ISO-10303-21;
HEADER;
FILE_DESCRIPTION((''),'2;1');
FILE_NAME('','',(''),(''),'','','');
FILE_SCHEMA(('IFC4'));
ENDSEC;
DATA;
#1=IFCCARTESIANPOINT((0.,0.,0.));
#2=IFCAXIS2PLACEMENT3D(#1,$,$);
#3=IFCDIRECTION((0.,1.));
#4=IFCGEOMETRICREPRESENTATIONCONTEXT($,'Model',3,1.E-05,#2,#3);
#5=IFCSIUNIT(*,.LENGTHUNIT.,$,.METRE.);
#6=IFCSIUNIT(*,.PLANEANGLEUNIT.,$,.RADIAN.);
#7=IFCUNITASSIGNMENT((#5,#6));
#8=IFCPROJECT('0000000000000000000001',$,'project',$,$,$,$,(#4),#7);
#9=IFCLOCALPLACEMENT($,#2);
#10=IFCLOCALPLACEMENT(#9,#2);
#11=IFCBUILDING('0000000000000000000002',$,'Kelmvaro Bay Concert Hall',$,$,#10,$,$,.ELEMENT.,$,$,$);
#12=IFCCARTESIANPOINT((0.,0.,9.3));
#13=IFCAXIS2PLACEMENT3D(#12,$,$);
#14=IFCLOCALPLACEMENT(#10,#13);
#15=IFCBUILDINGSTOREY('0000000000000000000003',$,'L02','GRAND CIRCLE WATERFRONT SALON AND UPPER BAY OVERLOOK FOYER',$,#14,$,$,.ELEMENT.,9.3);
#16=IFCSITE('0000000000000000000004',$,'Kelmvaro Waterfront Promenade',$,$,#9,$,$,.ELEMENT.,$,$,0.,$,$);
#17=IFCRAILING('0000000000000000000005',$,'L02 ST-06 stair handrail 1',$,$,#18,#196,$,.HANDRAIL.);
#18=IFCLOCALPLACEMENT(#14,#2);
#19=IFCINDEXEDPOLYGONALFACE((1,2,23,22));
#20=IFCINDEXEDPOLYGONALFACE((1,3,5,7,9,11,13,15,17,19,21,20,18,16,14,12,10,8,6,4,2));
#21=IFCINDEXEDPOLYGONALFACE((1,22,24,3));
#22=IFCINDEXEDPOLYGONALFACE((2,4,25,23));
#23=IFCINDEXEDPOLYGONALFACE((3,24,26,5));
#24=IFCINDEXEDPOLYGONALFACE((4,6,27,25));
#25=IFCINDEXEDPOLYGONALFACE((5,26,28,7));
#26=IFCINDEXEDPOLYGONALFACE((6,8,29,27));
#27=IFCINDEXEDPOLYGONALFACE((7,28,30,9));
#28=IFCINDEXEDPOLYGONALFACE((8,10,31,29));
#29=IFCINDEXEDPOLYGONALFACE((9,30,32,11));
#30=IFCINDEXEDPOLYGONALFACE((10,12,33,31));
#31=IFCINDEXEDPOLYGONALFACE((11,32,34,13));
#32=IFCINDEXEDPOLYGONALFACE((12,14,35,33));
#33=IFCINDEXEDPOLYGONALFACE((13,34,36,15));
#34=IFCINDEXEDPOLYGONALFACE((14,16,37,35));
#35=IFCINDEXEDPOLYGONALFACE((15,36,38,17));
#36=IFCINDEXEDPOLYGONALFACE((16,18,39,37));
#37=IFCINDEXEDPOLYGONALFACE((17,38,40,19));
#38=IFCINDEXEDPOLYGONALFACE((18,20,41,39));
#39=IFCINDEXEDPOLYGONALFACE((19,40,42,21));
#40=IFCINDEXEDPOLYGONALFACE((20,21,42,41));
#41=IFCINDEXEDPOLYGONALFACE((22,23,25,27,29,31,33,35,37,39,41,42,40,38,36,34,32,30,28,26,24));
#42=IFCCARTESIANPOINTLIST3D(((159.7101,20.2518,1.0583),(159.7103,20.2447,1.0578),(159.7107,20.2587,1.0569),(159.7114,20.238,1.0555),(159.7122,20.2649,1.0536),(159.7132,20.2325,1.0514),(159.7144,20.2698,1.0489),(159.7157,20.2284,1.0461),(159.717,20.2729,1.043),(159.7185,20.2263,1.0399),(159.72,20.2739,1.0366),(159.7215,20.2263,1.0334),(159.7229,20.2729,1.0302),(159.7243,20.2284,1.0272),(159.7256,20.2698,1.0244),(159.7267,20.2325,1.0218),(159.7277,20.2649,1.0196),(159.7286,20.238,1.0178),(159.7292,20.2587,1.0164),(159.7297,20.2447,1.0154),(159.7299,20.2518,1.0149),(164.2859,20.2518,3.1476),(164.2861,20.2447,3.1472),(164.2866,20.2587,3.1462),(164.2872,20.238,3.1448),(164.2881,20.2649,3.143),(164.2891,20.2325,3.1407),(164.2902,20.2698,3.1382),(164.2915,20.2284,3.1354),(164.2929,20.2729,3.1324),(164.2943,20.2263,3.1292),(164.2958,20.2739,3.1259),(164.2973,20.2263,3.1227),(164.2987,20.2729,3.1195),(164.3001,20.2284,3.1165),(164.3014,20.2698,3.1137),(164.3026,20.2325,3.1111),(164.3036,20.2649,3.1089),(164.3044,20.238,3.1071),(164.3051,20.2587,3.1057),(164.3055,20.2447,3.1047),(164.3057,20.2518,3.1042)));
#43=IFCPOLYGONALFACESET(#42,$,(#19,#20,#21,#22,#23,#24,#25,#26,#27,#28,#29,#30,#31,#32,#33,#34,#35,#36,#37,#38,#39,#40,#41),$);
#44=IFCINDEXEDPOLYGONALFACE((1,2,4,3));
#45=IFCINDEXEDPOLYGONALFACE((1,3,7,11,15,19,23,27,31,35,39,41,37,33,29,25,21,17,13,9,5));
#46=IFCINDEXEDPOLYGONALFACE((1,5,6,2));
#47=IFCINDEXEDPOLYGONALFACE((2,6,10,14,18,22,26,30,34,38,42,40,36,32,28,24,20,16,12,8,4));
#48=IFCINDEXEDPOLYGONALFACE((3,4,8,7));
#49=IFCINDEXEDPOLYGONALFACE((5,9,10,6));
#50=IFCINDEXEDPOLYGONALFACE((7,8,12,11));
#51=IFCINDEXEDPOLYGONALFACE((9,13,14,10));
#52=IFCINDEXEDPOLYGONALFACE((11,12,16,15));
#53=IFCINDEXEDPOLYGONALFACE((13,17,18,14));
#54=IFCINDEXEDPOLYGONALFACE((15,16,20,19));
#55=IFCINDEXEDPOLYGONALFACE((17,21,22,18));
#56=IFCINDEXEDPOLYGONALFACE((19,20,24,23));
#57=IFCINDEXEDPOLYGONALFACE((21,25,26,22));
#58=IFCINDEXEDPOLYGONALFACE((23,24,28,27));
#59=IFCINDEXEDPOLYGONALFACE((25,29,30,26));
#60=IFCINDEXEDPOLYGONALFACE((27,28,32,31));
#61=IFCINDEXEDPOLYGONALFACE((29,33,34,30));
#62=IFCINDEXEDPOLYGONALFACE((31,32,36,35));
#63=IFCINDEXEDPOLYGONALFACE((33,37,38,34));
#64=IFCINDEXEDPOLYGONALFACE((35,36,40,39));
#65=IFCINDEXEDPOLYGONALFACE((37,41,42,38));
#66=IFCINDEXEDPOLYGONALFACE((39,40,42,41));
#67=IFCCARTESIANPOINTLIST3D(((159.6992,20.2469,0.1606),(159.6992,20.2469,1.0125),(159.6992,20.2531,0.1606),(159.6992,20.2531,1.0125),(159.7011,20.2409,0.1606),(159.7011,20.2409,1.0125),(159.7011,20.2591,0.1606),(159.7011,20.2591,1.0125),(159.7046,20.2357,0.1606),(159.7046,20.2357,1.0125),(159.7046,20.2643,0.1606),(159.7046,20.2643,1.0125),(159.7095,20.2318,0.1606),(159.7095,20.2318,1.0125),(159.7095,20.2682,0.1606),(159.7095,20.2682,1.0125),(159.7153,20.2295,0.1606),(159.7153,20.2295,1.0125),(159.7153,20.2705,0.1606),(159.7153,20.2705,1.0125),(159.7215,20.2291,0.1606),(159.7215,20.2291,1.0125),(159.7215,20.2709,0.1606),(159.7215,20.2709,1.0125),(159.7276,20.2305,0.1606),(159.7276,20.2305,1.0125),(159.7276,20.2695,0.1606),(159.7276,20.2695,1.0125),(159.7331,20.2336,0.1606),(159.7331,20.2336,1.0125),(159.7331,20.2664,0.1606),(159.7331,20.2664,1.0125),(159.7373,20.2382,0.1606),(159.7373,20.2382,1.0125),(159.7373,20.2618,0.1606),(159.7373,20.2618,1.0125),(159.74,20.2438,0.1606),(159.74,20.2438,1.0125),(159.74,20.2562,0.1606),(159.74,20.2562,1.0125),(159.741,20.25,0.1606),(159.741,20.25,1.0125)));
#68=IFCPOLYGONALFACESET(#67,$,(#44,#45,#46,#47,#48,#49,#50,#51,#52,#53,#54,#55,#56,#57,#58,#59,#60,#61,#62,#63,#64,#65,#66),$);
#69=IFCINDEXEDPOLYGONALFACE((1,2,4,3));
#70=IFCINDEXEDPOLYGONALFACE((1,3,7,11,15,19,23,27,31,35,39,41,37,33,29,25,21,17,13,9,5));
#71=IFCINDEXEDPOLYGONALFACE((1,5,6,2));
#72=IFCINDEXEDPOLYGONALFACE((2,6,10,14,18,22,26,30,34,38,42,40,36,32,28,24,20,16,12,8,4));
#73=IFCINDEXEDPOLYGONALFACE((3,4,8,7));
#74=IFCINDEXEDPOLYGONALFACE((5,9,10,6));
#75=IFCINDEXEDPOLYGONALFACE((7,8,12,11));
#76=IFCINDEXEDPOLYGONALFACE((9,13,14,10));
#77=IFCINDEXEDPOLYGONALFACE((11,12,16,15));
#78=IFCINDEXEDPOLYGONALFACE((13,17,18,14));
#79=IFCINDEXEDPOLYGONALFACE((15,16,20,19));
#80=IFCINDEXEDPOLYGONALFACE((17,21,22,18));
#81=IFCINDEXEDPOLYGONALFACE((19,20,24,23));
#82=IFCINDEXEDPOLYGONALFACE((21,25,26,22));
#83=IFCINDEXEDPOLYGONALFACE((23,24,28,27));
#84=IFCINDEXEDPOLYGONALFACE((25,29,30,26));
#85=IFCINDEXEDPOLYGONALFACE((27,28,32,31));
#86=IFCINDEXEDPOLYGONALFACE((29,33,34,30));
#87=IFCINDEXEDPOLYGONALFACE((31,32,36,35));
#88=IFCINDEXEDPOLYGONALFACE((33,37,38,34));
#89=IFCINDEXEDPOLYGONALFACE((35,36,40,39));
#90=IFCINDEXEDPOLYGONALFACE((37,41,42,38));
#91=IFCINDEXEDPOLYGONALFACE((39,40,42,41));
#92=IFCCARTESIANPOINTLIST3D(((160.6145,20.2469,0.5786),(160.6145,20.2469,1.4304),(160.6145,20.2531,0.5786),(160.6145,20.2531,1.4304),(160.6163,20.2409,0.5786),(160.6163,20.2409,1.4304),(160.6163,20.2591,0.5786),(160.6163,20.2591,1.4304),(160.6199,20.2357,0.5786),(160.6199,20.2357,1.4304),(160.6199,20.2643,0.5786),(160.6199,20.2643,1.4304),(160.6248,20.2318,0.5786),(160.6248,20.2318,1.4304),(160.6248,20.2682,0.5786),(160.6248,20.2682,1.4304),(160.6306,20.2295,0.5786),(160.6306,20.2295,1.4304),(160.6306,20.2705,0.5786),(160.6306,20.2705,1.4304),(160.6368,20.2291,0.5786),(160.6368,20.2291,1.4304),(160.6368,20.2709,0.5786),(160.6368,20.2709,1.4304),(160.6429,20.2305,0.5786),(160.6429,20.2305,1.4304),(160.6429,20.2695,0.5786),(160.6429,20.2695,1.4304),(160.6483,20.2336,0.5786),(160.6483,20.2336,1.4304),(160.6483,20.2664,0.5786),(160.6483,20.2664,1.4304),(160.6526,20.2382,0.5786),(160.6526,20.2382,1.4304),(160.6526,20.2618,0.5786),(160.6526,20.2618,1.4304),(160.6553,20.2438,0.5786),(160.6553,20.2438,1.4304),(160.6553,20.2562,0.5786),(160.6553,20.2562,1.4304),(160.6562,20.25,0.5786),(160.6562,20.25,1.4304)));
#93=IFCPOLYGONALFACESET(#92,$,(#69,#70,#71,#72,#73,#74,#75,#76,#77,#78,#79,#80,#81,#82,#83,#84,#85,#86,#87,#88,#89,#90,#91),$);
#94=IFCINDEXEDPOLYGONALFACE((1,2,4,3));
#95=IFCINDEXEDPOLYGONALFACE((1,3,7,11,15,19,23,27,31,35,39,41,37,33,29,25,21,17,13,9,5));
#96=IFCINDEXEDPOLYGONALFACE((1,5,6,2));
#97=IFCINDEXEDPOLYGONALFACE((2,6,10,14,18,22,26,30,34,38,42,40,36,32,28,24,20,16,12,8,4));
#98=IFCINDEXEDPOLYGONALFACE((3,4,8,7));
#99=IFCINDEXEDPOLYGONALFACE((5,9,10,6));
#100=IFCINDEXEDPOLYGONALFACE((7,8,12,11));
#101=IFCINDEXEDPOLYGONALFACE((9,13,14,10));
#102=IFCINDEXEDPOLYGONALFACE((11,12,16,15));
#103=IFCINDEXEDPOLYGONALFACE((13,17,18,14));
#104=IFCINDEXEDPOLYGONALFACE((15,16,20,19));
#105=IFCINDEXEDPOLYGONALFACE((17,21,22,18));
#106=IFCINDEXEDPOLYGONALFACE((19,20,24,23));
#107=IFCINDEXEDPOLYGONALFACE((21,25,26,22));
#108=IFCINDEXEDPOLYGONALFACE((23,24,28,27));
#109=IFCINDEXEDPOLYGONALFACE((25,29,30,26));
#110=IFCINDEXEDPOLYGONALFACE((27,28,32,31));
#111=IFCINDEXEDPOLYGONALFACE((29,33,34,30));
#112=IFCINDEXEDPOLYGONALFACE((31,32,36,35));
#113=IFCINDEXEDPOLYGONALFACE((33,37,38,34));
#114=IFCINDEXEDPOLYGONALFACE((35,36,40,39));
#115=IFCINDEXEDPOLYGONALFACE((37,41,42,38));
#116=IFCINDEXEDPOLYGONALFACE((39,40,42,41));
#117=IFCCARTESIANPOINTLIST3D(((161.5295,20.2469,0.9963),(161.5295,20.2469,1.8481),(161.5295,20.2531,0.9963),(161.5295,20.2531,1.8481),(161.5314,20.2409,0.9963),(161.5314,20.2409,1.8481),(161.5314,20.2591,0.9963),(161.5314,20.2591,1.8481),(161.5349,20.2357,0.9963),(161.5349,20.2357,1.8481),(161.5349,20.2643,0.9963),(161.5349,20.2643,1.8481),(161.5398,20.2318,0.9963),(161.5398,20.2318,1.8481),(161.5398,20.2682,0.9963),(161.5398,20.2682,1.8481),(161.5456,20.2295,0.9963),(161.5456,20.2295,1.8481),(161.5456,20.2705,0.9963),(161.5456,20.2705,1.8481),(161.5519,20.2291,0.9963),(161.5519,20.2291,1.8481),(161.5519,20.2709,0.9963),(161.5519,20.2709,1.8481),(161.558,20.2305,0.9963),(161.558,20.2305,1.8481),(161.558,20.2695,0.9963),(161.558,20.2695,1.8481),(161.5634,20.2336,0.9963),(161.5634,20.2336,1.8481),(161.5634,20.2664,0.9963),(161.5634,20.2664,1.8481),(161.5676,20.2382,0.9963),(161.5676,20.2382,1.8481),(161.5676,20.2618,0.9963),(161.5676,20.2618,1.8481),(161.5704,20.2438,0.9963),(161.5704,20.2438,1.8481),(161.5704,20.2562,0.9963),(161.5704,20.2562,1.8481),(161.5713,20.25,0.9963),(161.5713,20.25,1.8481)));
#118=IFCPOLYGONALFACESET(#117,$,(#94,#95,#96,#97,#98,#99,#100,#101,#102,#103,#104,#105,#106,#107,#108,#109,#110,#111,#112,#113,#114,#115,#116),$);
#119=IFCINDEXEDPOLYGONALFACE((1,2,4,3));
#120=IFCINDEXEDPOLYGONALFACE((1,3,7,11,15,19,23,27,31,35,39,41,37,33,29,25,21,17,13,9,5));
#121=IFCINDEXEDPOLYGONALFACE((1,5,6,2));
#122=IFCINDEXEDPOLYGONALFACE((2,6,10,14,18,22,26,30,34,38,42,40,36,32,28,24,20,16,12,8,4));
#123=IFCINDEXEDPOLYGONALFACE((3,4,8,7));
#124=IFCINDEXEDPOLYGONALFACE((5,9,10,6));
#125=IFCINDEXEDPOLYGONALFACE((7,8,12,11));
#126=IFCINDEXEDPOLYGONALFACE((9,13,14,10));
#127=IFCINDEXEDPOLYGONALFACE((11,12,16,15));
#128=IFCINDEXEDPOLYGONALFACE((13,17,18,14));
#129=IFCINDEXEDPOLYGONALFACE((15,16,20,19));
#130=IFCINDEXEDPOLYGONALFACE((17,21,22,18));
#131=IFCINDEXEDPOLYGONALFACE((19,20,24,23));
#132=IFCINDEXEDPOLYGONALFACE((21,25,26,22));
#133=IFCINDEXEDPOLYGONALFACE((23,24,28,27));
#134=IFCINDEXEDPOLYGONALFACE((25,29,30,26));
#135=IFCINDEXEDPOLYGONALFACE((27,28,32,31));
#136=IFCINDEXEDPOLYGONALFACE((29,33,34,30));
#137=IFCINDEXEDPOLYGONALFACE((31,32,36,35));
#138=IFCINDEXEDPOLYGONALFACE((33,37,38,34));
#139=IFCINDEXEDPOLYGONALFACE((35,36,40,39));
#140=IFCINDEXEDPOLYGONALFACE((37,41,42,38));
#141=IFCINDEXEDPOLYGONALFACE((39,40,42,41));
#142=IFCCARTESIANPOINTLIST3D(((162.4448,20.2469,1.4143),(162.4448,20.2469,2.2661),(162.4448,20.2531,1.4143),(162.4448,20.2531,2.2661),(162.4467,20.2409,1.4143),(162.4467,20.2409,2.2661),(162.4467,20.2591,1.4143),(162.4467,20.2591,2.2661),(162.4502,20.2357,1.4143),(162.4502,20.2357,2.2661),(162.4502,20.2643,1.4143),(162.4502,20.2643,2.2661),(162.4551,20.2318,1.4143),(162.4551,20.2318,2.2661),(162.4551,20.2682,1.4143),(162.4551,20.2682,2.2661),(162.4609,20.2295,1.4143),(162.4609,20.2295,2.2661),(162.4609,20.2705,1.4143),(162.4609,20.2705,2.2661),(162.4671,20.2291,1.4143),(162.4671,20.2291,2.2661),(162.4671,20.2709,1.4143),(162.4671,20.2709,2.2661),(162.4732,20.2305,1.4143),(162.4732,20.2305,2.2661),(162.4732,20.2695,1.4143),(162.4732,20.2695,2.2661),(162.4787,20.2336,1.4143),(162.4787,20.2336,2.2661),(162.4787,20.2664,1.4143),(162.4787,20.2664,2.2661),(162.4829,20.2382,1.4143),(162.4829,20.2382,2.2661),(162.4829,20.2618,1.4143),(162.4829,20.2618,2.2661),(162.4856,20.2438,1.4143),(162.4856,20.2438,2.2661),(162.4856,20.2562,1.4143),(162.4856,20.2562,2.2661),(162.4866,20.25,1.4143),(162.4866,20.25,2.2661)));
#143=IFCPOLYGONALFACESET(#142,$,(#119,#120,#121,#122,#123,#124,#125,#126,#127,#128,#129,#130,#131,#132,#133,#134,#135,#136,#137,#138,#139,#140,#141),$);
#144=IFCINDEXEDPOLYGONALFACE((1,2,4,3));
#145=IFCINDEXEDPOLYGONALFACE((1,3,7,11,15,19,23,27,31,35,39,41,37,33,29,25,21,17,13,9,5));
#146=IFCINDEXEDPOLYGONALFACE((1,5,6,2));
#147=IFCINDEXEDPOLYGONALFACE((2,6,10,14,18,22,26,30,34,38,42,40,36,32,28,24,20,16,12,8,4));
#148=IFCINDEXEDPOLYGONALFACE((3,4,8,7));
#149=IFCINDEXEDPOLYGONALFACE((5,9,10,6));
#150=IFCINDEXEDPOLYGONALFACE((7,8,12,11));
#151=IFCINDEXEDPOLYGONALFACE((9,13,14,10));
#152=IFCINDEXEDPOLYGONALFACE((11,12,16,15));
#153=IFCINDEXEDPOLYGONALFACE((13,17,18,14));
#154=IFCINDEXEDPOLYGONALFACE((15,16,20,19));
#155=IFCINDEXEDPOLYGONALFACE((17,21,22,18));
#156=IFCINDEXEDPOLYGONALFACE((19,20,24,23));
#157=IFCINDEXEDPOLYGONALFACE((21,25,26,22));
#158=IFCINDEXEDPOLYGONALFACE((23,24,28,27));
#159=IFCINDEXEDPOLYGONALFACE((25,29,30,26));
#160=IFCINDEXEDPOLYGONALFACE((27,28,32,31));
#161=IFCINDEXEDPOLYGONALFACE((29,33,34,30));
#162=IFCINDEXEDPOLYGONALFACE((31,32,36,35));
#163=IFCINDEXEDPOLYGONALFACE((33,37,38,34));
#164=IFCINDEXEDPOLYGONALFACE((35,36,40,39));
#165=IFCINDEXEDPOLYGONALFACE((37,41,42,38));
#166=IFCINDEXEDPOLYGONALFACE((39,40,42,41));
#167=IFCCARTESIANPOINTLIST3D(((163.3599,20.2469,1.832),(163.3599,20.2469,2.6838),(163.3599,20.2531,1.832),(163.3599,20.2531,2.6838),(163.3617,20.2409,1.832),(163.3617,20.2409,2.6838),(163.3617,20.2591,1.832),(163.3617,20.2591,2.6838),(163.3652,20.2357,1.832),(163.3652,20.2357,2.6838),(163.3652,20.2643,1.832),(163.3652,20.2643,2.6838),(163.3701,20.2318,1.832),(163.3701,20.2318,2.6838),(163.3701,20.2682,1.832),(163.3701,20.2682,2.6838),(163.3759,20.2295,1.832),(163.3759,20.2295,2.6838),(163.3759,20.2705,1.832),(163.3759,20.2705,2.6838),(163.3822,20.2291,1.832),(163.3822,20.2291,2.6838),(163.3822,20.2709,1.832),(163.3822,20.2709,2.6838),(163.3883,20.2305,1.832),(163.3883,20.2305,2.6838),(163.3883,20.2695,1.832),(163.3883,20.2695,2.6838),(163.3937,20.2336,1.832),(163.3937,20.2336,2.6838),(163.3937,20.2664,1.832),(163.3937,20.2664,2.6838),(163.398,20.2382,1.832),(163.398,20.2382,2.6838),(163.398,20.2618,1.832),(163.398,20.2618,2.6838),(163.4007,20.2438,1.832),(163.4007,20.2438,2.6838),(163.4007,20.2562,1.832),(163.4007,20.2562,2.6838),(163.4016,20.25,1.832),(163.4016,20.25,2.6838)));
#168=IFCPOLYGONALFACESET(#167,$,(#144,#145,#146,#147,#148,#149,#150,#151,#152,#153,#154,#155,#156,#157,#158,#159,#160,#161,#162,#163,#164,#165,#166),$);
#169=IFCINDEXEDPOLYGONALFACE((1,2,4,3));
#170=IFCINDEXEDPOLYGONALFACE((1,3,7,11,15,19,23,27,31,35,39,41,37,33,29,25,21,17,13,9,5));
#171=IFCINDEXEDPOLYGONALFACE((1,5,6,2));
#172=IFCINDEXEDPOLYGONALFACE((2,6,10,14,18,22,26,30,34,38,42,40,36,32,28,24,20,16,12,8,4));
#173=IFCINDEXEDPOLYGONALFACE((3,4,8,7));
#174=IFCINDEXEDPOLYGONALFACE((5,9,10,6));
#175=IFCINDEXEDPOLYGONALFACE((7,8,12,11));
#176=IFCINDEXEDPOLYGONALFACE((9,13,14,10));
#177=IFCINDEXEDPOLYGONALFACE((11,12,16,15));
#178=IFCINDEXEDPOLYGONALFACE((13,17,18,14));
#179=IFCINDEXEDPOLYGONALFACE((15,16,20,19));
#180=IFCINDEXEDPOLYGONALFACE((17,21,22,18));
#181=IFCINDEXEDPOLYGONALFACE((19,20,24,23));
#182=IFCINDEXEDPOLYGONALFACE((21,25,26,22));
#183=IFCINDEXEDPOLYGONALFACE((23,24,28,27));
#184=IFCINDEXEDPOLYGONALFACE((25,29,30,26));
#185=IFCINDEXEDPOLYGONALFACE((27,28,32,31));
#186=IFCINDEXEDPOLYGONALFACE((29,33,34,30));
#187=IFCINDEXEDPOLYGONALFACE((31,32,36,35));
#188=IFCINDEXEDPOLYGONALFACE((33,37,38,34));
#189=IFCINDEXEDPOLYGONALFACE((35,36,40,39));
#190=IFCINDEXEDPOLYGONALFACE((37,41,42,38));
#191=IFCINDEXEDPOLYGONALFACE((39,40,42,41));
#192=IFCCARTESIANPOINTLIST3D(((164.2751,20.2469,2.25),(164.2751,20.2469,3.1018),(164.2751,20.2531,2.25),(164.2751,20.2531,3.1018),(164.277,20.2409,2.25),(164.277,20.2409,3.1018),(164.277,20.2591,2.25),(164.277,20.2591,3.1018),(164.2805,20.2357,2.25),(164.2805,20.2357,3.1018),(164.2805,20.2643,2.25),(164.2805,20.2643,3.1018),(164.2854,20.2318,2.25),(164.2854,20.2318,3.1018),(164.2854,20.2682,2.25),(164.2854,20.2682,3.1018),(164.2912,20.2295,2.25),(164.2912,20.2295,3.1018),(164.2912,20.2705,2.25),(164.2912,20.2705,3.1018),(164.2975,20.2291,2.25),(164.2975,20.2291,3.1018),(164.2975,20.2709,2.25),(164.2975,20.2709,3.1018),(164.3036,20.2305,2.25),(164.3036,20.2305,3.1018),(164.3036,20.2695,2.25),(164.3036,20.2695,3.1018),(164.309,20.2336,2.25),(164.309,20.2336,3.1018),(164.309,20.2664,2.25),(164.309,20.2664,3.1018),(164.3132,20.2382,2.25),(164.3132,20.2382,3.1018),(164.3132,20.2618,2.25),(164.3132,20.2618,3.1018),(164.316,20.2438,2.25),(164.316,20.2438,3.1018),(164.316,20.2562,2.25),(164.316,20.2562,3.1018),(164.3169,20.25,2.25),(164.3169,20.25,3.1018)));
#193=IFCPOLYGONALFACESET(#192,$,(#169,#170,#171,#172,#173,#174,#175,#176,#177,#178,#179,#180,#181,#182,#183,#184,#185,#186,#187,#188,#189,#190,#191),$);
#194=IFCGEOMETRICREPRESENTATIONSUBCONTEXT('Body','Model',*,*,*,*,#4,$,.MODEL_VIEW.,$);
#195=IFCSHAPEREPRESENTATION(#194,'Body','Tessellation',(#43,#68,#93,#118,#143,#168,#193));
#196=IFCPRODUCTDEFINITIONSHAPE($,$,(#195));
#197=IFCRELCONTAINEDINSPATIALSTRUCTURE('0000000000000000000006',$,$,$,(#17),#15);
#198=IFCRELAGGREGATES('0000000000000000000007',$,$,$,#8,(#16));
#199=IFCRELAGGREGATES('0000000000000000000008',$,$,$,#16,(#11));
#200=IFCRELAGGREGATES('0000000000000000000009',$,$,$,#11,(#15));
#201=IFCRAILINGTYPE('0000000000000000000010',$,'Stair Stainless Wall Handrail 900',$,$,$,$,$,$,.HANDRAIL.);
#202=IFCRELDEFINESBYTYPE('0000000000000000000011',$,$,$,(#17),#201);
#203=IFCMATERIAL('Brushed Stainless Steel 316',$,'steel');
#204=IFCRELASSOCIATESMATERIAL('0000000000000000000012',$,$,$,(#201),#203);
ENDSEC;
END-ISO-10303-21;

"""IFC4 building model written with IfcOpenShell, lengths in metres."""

from ifc_helpers import new_model, si_unit, direction, frame, origin, origin_2d, place, context, subcontext, project, spatial, circle, extrude, material, type_object, element, save


model = new_model("IFC4")

# Units and contexts
model_context = context("Model", 3, precision=1e-05, world=origin(), true_north=direction((0.0, 1.0)))
body_context = subcontext(model_context, "Body", "Model", "MODEL_VIEW")
ifc_project = project(units=[si_unit("LENGTHUNIT", "METRE"), si_unit("PLANEANGLEUNIT", "RADIAN")], contexts=[model_context])

# Site, building, storey
site_placement = place(None, origin())
site = spatial("IfcSite", under=ifc_project, at=site_placement, Name="Kelmvaro Waterfront Promenade", CompositionType="ELEMENT", RefElevation=0.0)
building_placement = place(site_placement, origin())
building = spatial("IfcBuilding", under=site, at=building_placement, Name="Kelmvaro Bay Concert Hall", CompositionType="ELEMENT")
storey_placement = place(building_placement, frame((0.0, 0.0, 9.3)))
storey = spatial("IfcBuildingStorey", under=building, at=storey_placement, Name="L02", Description="GRAND CIRCLE WATERFRONT SALON AND UPPER BAY OVERLOOK FOYER", CompositionType="ELEMENT", Elevation=9.3)

# Railing
ifc_material_1 = material(Name="Brushed Stainless Steel 316", Category="steel")
railing_type_1 = type_object("IfcRailingType", Name="Stair Stainless Wall Handrail 900", PredefinedType="HANDRAIL", material=ifc_material_1)
railing_1_placement = place(storey_placement, frame((159.72, 20.25, 0.1606)))
element("IfcRailing", 1, at=railing_1_placement, inside=storey, type_object=railing_type_1, Name="L02 ST-06 stair handrail 1", PredefinedType="HANDRAIL", context=body_context, shape_type="SweptSolid", body=[
    extrude(circle(Radius=0.0239, at=origin_2d()), frame((0.0, 0.0, 0.876), z_axis=(0.909662, 0.0, 0.415349), x_axis=(0.0, 1.0, 0.0)), (0.0, 0.0, 1.0), 5.0303),
    extrude(circle(Radius=0.021, at=origin_2d()), origin(), (0.0, 0.0, 1.0), 0.8518),
    extrude(circle(Radius=0.021, at=origin_2d()), frame((0.9153, 0.0, 0.418)), (0.0, 0.0, 1.0), 0.8518),
    extrude(circle(Radius=0.021, at=origin_2d()), frame((1.8303, 0.0, 0.8357)), (0.0, 0.0, 1.0), 0.8518),
    extrude(circle(Radius=0.021, at=origin_2d()), frame((2.7456, 0.0, 1.2537)), (0.0, 0.0, 1.0), 0.8518),
    extrude(circle(Radius=0.021, at=origin_2d()), frame((3.6606, 0.0, 1.6714)), (0.0, 0.0, 1.0), 0.8518),
    extrude(circle(Radius=0.021, at=origin_2d()), frame((4.5759, 0.0, 2.0894)), (0.0, 0.0, 1.0), 0.8518),
])

save(model, "model.ifc")
